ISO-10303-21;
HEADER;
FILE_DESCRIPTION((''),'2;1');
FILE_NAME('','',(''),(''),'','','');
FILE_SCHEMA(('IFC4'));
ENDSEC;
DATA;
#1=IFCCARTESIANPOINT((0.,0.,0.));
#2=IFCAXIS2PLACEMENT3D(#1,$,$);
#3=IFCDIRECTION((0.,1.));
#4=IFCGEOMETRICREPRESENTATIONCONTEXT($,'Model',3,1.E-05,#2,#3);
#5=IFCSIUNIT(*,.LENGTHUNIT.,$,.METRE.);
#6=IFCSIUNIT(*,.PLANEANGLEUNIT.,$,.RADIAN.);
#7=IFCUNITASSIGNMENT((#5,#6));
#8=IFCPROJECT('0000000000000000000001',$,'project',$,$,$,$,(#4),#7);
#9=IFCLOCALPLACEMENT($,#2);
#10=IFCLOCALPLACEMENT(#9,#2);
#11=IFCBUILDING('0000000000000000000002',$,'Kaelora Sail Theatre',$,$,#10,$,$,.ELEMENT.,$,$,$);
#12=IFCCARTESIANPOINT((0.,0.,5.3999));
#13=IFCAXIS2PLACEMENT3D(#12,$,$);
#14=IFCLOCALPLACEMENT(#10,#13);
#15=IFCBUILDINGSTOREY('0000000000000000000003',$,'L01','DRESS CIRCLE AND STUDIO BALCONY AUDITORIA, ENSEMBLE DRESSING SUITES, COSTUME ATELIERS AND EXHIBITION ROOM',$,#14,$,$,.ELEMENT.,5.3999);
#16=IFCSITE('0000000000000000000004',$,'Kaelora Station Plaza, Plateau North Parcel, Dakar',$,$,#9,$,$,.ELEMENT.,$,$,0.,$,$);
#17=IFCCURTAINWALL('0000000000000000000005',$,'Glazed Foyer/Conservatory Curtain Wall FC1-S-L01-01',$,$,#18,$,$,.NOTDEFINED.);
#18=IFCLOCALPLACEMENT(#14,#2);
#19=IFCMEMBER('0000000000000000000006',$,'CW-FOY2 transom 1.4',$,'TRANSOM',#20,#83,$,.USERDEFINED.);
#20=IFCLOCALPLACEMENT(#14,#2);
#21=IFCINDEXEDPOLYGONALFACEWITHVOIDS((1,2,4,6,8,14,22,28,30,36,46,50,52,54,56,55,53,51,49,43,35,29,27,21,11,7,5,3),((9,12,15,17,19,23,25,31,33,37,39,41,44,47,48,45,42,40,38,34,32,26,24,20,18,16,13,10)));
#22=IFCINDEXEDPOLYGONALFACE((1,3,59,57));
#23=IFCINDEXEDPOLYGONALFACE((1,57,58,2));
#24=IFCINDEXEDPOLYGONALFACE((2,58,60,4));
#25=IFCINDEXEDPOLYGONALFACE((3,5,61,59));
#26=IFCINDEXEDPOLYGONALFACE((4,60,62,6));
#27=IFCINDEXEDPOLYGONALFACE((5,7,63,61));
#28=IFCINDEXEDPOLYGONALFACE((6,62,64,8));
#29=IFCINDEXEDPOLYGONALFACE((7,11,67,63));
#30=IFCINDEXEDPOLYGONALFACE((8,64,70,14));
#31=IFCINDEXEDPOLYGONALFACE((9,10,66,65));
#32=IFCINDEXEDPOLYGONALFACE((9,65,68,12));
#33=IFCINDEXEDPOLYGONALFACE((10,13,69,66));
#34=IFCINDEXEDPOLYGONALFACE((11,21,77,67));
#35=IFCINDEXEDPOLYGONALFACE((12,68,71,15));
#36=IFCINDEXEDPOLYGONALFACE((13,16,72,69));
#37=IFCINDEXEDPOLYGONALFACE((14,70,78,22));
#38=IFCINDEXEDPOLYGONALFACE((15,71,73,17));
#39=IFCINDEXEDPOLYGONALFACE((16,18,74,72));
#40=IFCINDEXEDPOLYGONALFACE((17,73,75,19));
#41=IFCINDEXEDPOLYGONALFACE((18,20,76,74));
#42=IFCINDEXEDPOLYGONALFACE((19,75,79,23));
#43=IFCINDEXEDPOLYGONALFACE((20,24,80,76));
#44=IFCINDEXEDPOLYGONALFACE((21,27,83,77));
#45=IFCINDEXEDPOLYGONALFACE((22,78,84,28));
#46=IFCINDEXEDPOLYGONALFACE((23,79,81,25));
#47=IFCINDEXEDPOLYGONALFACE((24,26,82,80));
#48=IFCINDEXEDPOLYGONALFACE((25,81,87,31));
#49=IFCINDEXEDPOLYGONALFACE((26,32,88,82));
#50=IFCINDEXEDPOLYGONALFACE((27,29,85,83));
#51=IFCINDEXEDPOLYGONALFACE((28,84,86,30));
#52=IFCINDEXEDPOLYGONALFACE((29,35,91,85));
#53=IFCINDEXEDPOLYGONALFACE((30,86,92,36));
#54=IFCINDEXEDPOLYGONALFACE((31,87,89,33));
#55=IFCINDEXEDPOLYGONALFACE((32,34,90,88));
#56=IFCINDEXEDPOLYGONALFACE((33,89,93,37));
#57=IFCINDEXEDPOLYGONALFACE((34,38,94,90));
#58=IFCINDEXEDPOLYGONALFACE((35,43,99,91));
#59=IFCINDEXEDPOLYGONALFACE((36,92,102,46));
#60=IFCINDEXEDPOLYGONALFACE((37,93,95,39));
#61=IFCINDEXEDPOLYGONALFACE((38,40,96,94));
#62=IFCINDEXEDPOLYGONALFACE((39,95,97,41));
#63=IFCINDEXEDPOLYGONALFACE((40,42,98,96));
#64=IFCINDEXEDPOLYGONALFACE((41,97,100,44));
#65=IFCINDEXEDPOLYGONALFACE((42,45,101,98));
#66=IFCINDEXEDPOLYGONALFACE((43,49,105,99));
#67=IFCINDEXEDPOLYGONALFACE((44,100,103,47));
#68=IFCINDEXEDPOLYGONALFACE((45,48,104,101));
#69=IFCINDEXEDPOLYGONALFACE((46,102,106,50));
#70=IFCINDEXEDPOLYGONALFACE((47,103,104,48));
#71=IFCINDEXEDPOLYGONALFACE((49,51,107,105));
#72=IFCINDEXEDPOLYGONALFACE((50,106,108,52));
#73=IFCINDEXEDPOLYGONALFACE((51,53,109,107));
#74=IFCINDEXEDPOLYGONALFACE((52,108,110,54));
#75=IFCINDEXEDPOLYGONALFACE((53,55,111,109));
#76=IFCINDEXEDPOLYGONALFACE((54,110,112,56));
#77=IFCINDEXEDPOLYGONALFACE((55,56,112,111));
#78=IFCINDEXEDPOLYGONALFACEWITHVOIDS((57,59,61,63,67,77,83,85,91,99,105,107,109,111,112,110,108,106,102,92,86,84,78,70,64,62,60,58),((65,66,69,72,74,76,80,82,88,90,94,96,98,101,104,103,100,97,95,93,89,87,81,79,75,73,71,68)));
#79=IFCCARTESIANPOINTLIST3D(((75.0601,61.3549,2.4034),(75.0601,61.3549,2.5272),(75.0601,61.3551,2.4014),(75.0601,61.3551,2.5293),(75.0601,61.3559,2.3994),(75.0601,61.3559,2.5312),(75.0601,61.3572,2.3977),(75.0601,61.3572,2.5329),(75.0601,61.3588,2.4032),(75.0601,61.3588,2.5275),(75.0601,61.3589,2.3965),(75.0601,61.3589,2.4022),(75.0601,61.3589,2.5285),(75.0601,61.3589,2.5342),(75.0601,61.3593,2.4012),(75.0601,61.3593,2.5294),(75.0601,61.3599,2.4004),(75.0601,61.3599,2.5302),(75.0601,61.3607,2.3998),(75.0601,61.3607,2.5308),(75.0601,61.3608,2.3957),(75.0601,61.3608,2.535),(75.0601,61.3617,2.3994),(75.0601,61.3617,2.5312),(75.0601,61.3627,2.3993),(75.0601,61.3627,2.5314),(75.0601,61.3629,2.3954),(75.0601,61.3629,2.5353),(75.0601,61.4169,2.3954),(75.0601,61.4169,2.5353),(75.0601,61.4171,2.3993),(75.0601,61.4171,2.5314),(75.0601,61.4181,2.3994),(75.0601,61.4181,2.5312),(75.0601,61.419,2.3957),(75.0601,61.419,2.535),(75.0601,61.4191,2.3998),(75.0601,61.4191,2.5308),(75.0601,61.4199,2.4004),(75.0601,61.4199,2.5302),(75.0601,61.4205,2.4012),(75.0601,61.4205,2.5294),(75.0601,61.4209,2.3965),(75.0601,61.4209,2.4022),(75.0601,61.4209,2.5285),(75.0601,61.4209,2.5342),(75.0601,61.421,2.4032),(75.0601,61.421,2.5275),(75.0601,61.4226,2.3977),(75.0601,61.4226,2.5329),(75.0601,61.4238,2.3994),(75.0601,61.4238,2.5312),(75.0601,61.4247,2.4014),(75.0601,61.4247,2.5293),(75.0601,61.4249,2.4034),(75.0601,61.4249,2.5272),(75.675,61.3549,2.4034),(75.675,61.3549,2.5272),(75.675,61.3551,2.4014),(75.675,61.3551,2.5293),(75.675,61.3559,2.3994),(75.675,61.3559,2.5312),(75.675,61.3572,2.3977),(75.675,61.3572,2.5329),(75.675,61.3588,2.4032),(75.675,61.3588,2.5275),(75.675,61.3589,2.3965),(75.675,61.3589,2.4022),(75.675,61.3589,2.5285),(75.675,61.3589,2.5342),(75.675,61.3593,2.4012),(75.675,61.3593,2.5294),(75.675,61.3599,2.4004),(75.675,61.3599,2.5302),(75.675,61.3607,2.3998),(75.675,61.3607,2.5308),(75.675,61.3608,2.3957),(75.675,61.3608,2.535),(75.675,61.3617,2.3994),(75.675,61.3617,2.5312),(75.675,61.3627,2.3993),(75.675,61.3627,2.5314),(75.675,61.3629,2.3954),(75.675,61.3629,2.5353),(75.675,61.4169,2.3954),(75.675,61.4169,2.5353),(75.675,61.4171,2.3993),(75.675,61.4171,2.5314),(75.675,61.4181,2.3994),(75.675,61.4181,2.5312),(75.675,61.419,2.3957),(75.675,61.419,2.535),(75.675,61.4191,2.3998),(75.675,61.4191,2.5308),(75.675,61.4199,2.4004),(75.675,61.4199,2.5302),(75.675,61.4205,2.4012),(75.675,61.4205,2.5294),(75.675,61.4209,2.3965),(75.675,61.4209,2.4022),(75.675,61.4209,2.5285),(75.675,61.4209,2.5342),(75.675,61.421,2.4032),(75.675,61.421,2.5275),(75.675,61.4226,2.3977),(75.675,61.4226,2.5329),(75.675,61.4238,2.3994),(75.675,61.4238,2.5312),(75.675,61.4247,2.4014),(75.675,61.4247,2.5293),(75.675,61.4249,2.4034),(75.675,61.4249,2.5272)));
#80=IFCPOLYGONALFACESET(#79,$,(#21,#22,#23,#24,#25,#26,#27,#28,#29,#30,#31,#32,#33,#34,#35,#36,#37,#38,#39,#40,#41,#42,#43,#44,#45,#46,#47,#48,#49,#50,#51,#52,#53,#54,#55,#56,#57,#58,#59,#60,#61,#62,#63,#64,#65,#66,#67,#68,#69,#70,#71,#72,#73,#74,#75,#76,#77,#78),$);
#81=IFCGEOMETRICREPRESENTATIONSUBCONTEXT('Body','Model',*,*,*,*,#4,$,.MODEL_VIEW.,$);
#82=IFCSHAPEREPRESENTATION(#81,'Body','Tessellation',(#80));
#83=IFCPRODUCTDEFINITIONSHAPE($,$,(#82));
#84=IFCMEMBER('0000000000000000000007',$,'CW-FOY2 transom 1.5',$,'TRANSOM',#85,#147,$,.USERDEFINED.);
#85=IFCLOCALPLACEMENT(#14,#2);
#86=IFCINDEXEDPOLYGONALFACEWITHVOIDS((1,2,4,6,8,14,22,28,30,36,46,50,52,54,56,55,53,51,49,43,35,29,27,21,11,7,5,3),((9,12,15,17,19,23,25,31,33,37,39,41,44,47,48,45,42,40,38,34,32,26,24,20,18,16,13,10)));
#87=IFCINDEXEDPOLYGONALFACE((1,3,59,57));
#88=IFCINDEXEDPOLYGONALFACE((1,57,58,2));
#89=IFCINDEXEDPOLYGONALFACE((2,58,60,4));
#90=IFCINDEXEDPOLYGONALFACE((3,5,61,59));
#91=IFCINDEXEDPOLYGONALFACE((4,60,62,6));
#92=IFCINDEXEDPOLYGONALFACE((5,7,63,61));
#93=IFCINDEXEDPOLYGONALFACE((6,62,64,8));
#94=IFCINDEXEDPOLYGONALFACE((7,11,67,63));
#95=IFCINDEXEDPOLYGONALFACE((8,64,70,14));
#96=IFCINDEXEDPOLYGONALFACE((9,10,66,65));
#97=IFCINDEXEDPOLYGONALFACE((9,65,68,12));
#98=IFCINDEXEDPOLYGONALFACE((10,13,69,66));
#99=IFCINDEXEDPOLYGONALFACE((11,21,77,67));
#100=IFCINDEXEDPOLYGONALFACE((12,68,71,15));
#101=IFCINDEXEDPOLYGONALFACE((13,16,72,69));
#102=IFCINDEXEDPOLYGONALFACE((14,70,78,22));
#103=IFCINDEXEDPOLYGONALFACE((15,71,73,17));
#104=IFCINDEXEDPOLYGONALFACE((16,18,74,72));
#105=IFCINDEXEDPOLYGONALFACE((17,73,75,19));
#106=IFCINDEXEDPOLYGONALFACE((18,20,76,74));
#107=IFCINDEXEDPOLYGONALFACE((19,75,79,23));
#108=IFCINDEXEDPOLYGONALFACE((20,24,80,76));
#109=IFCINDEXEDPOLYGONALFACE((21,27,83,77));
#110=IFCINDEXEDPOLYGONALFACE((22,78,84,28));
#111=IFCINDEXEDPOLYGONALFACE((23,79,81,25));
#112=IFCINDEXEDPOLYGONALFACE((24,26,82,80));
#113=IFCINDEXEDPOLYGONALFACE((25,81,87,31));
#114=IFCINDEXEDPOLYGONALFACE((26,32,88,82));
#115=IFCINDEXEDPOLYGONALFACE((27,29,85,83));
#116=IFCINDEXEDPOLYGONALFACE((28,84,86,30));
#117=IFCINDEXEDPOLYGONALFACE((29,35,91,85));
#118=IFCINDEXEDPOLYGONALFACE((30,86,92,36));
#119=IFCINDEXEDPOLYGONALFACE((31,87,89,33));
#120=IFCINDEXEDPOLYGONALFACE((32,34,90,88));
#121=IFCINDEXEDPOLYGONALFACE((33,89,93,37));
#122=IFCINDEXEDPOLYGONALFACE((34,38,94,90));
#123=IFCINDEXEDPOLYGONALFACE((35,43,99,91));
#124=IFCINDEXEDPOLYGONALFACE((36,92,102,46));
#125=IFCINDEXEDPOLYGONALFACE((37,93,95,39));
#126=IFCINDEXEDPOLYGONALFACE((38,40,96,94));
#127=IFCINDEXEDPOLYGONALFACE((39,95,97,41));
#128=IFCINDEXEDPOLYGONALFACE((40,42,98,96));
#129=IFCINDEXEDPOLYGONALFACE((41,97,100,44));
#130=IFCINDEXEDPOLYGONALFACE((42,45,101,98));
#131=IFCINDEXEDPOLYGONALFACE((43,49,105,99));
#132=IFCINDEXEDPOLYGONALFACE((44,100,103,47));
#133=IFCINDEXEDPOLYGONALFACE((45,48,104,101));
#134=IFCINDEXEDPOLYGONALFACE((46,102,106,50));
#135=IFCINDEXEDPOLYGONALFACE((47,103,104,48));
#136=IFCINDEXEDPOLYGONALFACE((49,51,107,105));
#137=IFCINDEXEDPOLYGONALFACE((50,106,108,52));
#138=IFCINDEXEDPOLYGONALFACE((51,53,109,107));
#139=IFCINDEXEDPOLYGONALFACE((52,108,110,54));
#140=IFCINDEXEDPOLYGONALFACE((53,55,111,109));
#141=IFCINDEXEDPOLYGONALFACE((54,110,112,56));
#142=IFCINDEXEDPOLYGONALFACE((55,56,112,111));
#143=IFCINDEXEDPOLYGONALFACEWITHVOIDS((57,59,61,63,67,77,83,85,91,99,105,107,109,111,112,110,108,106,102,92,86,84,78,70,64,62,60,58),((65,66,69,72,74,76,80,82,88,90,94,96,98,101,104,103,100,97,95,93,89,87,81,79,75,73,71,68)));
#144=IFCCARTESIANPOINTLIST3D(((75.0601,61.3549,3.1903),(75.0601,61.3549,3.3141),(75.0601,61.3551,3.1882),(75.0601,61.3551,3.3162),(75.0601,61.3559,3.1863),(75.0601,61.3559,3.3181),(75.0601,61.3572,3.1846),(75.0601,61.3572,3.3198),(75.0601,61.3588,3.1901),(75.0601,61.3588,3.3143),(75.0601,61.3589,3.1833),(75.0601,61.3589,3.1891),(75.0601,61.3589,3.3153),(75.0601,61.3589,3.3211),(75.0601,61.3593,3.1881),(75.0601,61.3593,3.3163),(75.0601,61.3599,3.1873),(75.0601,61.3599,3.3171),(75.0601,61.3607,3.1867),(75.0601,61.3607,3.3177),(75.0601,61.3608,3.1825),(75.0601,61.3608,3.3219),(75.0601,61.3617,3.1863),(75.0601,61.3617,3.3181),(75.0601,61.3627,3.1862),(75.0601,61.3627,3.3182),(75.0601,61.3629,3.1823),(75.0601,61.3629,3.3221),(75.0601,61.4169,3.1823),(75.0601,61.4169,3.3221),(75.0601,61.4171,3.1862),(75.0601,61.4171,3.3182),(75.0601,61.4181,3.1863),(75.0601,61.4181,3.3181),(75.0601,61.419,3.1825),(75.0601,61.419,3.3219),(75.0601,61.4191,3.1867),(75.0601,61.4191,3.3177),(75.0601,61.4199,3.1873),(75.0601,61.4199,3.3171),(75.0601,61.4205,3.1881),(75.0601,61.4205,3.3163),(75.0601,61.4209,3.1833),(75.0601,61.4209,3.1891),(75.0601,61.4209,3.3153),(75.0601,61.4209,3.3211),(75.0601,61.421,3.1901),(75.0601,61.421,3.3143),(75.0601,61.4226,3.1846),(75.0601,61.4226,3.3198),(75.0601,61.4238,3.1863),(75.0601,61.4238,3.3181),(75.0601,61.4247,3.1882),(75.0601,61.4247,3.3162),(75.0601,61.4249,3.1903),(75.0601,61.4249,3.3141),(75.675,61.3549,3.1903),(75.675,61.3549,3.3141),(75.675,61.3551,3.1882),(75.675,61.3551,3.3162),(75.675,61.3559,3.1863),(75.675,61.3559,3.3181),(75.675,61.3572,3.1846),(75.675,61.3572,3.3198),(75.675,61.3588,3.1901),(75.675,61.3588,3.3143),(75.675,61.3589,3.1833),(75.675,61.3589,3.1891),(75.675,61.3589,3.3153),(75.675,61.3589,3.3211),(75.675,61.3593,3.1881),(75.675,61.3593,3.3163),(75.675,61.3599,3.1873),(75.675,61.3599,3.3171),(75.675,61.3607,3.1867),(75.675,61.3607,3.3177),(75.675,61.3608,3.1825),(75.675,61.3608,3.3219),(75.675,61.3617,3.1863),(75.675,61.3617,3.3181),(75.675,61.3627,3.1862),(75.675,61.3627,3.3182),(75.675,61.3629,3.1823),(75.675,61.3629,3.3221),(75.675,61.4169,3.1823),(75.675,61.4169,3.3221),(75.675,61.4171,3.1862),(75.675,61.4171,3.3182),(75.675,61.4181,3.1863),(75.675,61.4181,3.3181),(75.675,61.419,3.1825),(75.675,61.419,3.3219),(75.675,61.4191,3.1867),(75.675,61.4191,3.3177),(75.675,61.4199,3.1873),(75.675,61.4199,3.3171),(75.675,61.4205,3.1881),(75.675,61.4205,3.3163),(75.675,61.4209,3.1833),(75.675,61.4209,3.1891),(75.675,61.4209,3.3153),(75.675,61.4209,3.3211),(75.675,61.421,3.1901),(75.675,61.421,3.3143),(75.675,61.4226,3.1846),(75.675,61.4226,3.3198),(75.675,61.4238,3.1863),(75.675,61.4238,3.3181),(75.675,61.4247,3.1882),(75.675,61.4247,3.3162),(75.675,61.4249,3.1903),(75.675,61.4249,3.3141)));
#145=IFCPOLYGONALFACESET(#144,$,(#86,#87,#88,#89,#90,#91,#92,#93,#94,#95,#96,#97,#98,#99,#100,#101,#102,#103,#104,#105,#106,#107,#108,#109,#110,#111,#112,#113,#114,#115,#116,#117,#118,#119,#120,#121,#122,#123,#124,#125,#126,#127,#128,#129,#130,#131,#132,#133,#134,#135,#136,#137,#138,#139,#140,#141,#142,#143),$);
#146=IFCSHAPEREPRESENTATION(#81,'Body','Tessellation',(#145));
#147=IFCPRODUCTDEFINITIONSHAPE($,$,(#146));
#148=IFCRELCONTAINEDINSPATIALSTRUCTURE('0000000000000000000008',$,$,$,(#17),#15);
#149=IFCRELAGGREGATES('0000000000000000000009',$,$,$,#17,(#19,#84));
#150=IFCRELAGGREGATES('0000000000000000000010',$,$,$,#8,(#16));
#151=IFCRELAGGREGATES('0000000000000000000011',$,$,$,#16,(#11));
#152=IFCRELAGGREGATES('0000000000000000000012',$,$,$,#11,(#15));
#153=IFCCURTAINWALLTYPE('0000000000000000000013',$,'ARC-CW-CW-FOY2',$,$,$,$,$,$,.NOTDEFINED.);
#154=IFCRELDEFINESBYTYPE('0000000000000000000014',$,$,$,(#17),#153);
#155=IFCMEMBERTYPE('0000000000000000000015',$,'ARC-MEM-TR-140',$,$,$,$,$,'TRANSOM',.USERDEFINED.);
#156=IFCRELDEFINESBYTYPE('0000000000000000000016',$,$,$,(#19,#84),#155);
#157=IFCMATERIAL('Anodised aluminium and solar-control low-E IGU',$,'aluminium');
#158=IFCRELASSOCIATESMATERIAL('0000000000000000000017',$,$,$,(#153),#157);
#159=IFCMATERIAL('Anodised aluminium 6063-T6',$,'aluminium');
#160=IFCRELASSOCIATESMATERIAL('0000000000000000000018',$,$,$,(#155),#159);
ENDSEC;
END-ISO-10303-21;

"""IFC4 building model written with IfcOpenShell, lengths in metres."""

from ifc_helpers import new_model, si_unit, direction, frame, origin, origin_2d, place, context, subcontext, project, spatial, hollow_rectangle, extrude, material, material_profile, profile_set, type_object, element, aggregate, save


model = new_model("IFC4")

# Units and contexts
model_context = context("Model", 3, precision=1e-05, world=origin(), true_north=direction((0.0, 1.0)))
body_context = subcontext(model_context, "Body", "Model", "MODEL_VIEW")
ifc_project = project(units=[si_unit("LENGTHUNIT", "METRE"), si_unit("PLANEANGLEUNIT", "RADIAN")], contexts=[model_context])

# Site, building, storey
site_placement = place(None, origin())
site = spatial("IfcSite", under=ifc_project, at=site_placement, Name="Kaelora Station Plaza, Plateau North Parcel, Dakar", CompositionType="ELEMENT", RefElevation=0.0)
building_placement = place(site_placement, origin())
building = spatial("IfcBuilding", under=site, at=building_placement, Name="Kaelora Sail Theatre", CompositionType="ELEMENT")
storey_placement = place(building_placement, frame((0.0, 0.0, 5.3999)))
storey = spatial("IfcBuildingStorey", under=building, at=storey_placement, Name="L01", Description="DRESS CIRCLE AND STUDIO BALCONY AUDITORIA, ENSEMBLE DRESSING SUITES, COSTUME ATELIERS AND EXHIBITION ROOM", CompositionType="ELEMENT", Elevation=5.3999)

# Curtain wall
ifc_material_1 = material(Name="Anodised aluminium and solar-control low-E IGU", Category="aluminium")
curtain_wall_type = type_object("IfcCurtainWallType", Name="ARC-CW-CW-FOY2", PredefinedType="NOTDEFINED", material=ifc_material_1)
curtain_wall_1_placement = place(storey_placement, origin())
curtain_wall_1 = element("IfcCurtainWall", 1, at=curtain_wall_1_placement, inside=storey, type_object=curtain_wall_type, Name="Glazed Foyer/Conservatory Curtain Wall FC1-S-L01-01", PredefinedType="NOTDEFINED")

# Members
ifc_material_2 = material(Name="Anodised aluminium 6063-T6", Category="aluminium")
ifc_material_profile_1 = material_profile(ifc_material_2, hollow_rectangle(XDim=0.0701, YDim=0.1399, WallThickness=0.0039, InnerFilletRadius=0.0039, OuterFilletRadius=0.0081, at=origin_2d()), Name="ALU-TRAN 70x140x4")
ifc_profile_set_1 = profile_set([ifc_material_profile_1], Name="Anodised aluminium 6063-T6")
member_type_1 = type_object("IfcMemberType", Name="ARC-MEM-TR-140", ElementType="TRANSOM", PredefinedType="USERDEFINED", material=ifc_profile_set_1)
member_1_placement = place(storey_placement, frame((75.0601, 61.3899, 2.4653), z_axis=(1.0, 0.0, 0.0), x_axis=(0.0, 1.0, 0.0)))
member_1 = element("IfcMember", 2, at=member_1_placement, type_object=member_type_1, Name="CW-FOY2 transom 1.4", ObjectType="TRANSOM", PredefinedType="USERDEFINED", context=body_context, shape_type="SweptSolid", body=[
    extrude(hollow_rectangle(XDim=0.0701, YDim=0.1399, WallThickness=0.0039, InnerFilletRadius=0.0039, OuterFilletRadius=0.0081, at=origin_2d()), origin(), (0.0, 0.0, 1.0), 0.615),
])
member_2_placement = place(storey_placement, frame((75.0601, 61.3899, 3.2522), z_axis=(1.0, 0.0, 0.0), x_axis=(0.0, 1.0, 0.0)))
member_2 = element("IfcMember", 3, at=member_2_placement, type_object=member_type_1, Name="CW-FOY2 transom 1.5", ObjectType="TRANSOM", PredefinedType="USERDEFINED", context=body_context, shape_type="SweptSolid", body=[
    extrude(hollow_rectangle(XDim=0.0701, YDim=0.1399, WallThickness=0.0039, InnerFilletRadius=0.0039, OuterFilletRadius=0.0081, at=origin_2d()), origin(), (0.0, 0.0, 1.0), 0.615),
])

aggregate(curtain_wall_1, [member_1, member_2])

save(model, "model.ifc")
